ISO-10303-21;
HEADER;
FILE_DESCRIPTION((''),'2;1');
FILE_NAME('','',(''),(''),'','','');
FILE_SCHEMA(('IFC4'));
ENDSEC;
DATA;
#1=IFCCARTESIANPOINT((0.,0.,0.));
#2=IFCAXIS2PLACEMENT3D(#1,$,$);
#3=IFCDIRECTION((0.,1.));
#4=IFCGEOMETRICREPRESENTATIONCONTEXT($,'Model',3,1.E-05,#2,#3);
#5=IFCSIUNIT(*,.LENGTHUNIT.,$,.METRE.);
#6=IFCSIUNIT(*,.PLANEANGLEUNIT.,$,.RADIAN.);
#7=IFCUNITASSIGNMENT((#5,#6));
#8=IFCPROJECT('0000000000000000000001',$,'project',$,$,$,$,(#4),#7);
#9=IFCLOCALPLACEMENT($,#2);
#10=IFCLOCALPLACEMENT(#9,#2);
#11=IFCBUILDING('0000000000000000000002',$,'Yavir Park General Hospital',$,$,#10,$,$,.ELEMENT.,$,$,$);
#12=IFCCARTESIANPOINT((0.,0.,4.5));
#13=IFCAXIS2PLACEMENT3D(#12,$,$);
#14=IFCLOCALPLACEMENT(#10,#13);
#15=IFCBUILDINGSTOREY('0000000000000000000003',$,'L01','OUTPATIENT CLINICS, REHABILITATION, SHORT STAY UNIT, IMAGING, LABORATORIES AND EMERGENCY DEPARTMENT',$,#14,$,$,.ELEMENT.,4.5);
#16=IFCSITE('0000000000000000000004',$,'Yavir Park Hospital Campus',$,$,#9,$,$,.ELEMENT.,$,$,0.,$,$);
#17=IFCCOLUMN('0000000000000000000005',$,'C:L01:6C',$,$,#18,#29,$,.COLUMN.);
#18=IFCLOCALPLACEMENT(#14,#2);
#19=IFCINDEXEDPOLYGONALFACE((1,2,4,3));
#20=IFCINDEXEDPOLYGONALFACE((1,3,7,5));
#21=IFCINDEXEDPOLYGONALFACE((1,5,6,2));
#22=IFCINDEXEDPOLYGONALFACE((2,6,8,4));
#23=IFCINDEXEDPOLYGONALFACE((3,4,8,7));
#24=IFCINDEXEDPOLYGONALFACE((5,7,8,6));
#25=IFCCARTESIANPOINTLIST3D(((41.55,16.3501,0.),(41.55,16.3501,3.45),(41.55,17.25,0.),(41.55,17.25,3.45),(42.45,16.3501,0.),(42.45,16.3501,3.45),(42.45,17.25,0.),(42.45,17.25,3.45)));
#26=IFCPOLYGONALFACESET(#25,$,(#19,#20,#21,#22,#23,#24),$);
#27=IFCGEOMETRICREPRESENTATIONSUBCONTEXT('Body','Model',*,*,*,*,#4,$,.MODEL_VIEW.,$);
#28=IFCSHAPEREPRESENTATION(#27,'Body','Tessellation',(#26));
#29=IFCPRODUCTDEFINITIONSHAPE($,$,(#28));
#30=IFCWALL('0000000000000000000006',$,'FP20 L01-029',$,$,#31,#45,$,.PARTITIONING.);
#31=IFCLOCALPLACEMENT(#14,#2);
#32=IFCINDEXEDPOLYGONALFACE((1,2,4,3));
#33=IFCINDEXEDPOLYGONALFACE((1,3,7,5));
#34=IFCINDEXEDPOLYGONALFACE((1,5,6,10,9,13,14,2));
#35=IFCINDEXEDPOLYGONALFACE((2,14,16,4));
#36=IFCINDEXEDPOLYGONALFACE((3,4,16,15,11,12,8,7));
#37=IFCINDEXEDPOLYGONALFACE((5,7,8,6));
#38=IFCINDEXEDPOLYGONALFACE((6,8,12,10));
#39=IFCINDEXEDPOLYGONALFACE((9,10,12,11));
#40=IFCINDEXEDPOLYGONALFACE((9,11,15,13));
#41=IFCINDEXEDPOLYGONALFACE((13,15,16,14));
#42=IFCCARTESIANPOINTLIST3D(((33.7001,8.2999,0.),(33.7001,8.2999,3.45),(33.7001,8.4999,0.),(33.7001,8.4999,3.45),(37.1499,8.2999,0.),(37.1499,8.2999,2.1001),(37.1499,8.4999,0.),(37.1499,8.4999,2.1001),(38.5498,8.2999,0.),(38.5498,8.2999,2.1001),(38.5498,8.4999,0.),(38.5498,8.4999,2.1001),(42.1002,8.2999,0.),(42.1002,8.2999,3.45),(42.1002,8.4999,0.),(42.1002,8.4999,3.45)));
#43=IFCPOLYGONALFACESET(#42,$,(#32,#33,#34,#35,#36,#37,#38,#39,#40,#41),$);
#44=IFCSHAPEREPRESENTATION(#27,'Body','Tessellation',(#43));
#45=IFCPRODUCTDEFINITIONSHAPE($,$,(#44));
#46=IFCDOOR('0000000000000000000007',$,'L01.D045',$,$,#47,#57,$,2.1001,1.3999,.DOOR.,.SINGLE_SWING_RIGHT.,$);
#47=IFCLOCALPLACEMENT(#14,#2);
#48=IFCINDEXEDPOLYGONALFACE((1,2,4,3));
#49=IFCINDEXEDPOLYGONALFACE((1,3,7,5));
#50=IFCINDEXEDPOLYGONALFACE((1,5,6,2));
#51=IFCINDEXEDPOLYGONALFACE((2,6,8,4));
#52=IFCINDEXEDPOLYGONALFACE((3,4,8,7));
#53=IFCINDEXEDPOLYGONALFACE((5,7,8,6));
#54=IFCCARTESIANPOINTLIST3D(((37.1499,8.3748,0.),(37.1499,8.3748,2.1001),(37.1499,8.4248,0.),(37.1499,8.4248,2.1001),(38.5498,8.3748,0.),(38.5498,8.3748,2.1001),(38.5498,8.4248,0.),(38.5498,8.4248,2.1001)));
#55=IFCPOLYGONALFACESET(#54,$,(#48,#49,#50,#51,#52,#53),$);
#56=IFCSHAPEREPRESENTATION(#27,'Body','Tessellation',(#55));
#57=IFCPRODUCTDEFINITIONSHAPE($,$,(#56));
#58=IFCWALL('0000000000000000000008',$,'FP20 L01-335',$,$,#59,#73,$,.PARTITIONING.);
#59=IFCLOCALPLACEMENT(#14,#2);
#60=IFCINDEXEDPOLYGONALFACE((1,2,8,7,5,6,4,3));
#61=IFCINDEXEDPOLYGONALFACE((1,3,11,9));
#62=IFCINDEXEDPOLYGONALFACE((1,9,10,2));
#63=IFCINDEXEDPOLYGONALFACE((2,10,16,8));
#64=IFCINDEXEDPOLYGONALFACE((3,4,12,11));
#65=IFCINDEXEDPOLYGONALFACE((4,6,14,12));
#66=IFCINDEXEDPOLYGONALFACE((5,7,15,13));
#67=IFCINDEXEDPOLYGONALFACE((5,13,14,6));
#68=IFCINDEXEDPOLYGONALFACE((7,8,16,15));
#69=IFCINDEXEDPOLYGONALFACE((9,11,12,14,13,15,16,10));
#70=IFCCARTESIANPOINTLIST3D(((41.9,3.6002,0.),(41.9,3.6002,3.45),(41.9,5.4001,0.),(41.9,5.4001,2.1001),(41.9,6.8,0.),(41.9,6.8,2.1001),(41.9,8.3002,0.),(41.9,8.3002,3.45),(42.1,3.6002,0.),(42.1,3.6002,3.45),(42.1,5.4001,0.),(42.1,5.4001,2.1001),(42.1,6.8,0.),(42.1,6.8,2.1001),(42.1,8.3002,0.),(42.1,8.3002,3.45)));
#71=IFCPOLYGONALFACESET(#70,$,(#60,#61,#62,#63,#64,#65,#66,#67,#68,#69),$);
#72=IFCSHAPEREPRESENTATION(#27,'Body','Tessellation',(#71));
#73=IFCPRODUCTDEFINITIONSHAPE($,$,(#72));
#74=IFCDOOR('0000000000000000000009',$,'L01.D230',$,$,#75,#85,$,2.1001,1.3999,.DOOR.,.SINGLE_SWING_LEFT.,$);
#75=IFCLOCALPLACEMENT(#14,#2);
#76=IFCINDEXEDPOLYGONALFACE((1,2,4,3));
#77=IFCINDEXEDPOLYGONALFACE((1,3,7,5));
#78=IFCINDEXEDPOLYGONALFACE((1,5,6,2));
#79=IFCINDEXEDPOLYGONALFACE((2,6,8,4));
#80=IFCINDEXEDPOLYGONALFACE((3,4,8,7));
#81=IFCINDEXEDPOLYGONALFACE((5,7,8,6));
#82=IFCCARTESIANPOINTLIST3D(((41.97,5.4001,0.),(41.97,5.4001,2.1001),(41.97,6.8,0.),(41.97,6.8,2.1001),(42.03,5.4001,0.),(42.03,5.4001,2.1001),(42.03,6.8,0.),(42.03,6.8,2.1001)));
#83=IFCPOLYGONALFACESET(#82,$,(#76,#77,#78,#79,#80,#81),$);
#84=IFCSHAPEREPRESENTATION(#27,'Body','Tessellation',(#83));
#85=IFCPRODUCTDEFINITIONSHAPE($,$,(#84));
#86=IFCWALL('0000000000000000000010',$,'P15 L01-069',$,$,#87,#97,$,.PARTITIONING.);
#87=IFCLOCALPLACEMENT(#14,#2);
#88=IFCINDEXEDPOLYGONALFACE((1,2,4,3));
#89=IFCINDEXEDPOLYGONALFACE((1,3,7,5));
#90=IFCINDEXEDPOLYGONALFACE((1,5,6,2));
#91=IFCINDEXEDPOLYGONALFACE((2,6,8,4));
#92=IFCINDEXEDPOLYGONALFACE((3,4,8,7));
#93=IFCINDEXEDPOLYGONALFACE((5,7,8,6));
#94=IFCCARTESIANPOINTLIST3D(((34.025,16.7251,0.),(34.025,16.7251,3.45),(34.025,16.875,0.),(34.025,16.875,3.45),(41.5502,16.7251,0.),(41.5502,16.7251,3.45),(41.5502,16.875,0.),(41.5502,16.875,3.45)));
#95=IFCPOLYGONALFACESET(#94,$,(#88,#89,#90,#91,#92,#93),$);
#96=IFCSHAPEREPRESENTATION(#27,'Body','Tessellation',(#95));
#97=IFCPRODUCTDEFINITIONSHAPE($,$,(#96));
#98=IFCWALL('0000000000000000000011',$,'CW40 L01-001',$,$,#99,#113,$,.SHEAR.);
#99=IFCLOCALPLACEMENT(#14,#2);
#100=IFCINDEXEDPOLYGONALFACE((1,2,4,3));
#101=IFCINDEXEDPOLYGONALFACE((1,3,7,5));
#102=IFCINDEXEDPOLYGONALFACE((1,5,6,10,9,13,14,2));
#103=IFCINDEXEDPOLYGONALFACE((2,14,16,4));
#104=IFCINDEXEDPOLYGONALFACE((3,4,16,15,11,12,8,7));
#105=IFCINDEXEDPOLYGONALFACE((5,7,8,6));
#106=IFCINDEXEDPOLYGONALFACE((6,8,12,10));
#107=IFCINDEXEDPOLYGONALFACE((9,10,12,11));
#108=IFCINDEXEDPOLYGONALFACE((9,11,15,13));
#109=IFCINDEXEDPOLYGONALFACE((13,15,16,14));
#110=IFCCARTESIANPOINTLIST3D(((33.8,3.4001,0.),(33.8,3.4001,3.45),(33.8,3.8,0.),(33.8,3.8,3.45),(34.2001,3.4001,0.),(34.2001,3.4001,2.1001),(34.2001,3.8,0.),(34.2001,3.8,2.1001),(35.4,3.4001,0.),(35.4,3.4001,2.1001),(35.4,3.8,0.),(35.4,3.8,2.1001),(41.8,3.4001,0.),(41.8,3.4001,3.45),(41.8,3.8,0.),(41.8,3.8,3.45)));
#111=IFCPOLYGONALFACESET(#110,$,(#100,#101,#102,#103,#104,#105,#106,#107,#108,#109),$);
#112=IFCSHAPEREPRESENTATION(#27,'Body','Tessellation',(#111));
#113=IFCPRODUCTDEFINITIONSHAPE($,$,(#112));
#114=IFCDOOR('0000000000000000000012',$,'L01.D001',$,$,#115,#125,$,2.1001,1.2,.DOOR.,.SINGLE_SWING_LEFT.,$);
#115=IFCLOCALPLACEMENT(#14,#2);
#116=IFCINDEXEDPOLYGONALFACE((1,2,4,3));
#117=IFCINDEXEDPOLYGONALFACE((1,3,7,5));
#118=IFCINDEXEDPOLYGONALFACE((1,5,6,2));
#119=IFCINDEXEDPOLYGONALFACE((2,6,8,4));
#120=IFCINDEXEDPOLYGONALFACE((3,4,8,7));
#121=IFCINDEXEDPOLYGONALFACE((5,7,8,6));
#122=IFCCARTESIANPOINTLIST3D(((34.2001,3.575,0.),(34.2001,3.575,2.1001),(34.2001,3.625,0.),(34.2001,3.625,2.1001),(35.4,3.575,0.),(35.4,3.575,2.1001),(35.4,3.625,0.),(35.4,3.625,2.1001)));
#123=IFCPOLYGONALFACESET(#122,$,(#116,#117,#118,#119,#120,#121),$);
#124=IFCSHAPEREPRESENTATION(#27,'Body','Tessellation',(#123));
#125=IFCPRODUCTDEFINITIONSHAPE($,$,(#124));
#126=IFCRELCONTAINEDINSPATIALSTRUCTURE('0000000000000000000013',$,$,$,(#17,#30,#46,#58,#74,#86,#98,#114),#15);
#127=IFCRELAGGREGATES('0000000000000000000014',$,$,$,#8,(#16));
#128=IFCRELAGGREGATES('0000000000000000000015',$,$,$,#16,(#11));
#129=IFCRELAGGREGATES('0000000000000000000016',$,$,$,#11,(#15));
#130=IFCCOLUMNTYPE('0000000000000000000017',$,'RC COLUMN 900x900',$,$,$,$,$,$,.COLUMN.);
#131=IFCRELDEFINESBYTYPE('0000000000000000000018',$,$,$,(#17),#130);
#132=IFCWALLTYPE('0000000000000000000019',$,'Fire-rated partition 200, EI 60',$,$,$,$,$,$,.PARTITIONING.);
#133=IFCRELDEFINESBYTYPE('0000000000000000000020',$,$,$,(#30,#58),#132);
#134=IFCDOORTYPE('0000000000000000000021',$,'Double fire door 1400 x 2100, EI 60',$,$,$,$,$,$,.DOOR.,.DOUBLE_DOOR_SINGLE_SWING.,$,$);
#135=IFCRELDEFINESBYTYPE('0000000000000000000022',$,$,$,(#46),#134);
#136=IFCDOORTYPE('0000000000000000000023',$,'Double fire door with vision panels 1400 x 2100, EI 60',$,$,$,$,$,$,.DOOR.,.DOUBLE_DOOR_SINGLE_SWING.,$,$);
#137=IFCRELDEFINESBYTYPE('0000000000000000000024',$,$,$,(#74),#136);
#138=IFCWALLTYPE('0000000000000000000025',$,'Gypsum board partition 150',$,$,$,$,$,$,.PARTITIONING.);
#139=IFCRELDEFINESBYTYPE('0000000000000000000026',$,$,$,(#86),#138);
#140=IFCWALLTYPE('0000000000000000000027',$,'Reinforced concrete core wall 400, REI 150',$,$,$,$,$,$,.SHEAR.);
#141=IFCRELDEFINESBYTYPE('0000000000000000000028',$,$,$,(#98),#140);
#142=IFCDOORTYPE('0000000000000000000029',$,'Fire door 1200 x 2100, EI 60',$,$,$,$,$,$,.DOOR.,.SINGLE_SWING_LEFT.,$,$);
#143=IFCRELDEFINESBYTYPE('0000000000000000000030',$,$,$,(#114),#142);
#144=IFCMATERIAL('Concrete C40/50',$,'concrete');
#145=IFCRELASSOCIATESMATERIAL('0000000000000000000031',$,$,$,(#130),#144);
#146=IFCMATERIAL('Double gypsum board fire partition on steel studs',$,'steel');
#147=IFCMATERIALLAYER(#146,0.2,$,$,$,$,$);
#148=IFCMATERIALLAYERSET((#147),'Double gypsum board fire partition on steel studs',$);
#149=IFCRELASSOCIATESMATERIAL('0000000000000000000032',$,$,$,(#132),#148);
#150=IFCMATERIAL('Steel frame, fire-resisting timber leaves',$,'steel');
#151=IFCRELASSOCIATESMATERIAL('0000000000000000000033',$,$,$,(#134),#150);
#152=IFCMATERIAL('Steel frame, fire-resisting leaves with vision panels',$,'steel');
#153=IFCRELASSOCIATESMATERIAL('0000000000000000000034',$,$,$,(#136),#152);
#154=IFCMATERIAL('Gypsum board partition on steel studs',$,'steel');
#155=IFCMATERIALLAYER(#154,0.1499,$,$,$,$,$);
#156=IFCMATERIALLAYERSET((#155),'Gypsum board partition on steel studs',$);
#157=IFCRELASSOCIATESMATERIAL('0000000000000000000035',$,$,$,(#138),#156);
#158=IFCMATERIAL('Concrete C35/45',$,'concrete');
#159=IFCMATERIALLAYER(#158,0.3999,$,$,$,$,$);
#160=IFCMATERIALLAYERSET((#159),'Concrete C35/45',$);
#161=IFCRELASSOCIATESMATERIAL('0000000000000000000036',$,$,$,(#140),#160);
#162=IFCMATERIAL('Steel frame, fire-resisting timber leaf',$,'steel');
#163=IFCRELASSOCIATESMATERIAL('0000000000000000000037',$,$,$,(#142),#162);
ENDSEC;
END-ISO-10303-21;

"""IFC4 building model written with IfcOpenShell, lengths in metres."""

from ifc_helpers import new_model, si_unit, direction, frame, frame_2d, origin, origin_2d, place, context, subcontext, project, spatial, rectangle, extrude, material, layer, layer_set, material_profile, profile_set, type_object, element, fill, save


model = new_model("IFC4")

# Units and contexts
model_context = context("Model", 3, precision=1e-05, world=origin(), true_north=direction((0.0, 1.0)))
body_context = subcontext(model_context, "Body", "Model", "MODEL_VIEW")
ifc_project = project(units=[si_unit("LENGTHUNIT", "METRE"), si_unit("PLANEANGLEUNIT", "RADIAN")], contexts=[model_context])

# Site, building, storey
site_placement = place(None, origin())
site = spatial("IfcSite", under=ifc_project, at=site_placement, Name="Yavir Park Hospital Campus", CompositionType="ELEMENT", RefElevation=0.0)
building_placement = place(site_placement, origin())
building = spatial("IfcBuilding", under=site, at=building_placement, Name="Yavir Park General Hospital", CompositionType="ELEMENT")
storey_placement = place(building_placement, frame((0.0, 0.0, 4.5)))
storey = spatial("IfcBuildingStorey", under=building, at=storey_placement, Name="L01", Description="OUTPATIENT CLINICS, REHABILITATION, SHORT STAY UNIT, IMAGING, LABORATORIES AND EMERGENCY DEPARTMENT", CompositionType="ELEMENT", Elevation=4.5)

# Column
ifc_material_1 = material(Name="Concrete C40/50", Category="concrete")
ifc_material_profile = material_profile(ifc_material_1, rectangle(XDim=0.8999, YDim=0.8999, at=origin_2d()), Name="RC900x900")
ifc_profile_set = profile_set([ifc_material_profile], Name="Concrete C40/50")
column_type = type_object("IfcColumnType", Name="RC COLUMN 900x900", PredefinedType="COLUMN", material=ifc_profile_set)
column_placement = place(storey_placement, frame((42.0, 16.8, 0.0), z_axis=(0.0, 0.0, 1.0), x_axis=(1.0, 0.0, 0.0)))
element("IfcColumn", 1, at=column_placement, inside=storey, type_object=column_type, Name="C:L01:6C", PredefinedType="COLUMN", context=body_context, shape_type="SweptSolid", body=[
    extrude(rectangle(XDim=0.8999, YDim=0.8999, at=origin_2d()), origin(), (0.0, 0.0, 1.0), 3.45),
])

# Walls, openings, doors
ifc_material_2 = material(Name="Double gypsum board fire partition on steel studs", Category="steel")
ifc_layer_1 = layer(ifc_material_2, 0.2)
ifc_layer_set_1 = layer_set([ifc_layer_1], Name="Double gypsum board fire partition on steel studs")
wall_type_1 = type_object("IfcWallType", Name="Fire-rated partition 200, EI 60", PredefinedType="PARTITIONING", material=ifc_layer_set_1)
wall_1_placement = place(storey_placement, frame((33.7, 8.3999, 0.0), z_axis=(0.0, 0.0, 1.0), x_axis=(1.0, 0.0, 0.0)))
wall_1 = element("IfcWall", 2, at=wall_1_placement, inside=storey, type_object=wall_type_1, Name="FP20 L01-029", PredefinedType="PARTITIONING", context=body_context, shape_type="SweptSolid", body=[
    extrude(rectangle(XDim=8.4001, YDim=0.2, at=frame_2d((4.2002, 0.0))), origin(), (0.0, 0.0, 1.0), 3.45),
])
opening_1_placement = place(wall_1_placement, frame((3.45, 0.0, 0.0)))
opening_1 = element("IfcOpeningElement", 3, at=opening_1_placement, cuts=wall_1, PredefinedType="OPENING", context=body_context, shape_type="SweptSolid", body=[
    extrude(rectangle(XDim=1.3999, YDim=2.1001, at=frame_2d((0.7, 1.05))), frame((0.0, 0.1099, 0.0), z_axis=(0.0, -1.0, 0.0), x_axis=(1.0, 0.0, 0.0)), (0.0, 0.0, 1.0), 0.22),
])
ifc_material_3 = material(Name="Steel frame, fire-resisting timber leaves", Category="steel")
door_type_1 = type_object("IfcDoorType", Name="Double fire door 1400 x 2100, EI 60", OperationType="DOUBLE_DOOR_SINGLE_SWING", PredefinedType="DOOR", material=ifc_material_3)
door_1_placement = place(opening_1_placement, origin())
door_1 = element("IfcDoor", 4, at=door_1_placement, inside=storey, type_object=door_type_1, Name="L01.D045", OperationType="SINGLE_SWING_RIGHT", OverallHeight=2.1001, OverallWidth=1.3999, PredefinedType="DOOR", context=body_context, shape_type="SweptSolid", body=[
    extrude(rectangle(XDim=1.3999, YDim=2.1001, at=frame_2d((0.7, 1.05))), frame((0.0, 0.0249, 0.0), z_axis=(0.0, -1.0, 0.0), x_axis=(1.0, 0.0, 0.0)), (0.0, 0.0, 1.0), 0.05),
])
fill(opening_1, door_1)
wall_2_placement = place(storey_placement, frame((42.0, 3.6001, 0.0), z_axis=(0.0, 0.0, 1.0), x_axis=(0.0, 1.0, 0.0)))
wall_2 = element("IfcWall", 5, at=wall_2_placement, inside=storey, type_object=wall_type_1, Name="FP20 L01-335", PredefinedType="PARTITIONING", context=body_context, shape_type="SweptSolid", body=[
    extrude(rectangle(XDim=4.7, YDim=0.2, at=frame_2d((2.3501, 0.0))), origin(), (0.0, 0.0, 1.0), 3.45),
])
opening_2_placement = place(wall_2_placement, frame((1.8, 0.0, 0.0)))
opening_2 = element("IfcOpeningElement", 6, at=opening_2_placement, cuts=wall_2, PredefinedType="OPENING", context=body_context, shape_type="SweptSolid", body=[
    extrude(rectangle(XDim=1.3999, YDim=2.1001, at=frame_2d((0.7, 1.05))), frame((0.0, 0.1099, 0.0), z_axis=(0.0, -1.0, 0.0), x_axis=(1.0, 0.0, 0.0)), (0.0, 0.0, 1.0), 0.22),
])
ifc_material_4 = material(Name="Steel frame, fire-resisting leaves with vision panels", Category="steel")
door_type_2 = type_object("IfcDoorType", Name="Double fire door with vision panels 1400 x 2100, EI 60", OperationType="DOUBLE_DOOR_SINGLE_SWING", PredefinedType="DOOR", material=ifc_material_4)
door_2_placement = place(opening_2_placement, origin())
door_2 = element("IfcDoor", 7, at=door_2_placement, inside=storey, type_object=door_type_2, Name="L01.D230", OperationType="SINGLE_SWING_LEFT", OverallHeight=2.1001, OverallWidth=1.3999, PredefinedType="DOOR", context=body_context, shape_type="SweptSolid", body=[
    extrude(rectangle(XDim=1.3999, YDim=2.1001, at=frame_2d((0.7, 1.05))), frame((0.0, 0.03, 0.0), z_axis=(0.0, -1.0, 0.0), x_axis=(1.0, 0.0, 0.0)), (0.0, 0.0, 1.0), 0.0601),
])
fill(opening_2, door_2)

# Wall
ifc_material_5 = material(Name="Gypsum board partition on steel studs", Category="steel")
ifc_layer_2 = layer(ifc_material_5, 0.1499)
ifc_layer_set_2 = layer_set([ifc_layer_2], Name="Gypsum board partition on steel studs")
wall_type_2 = type_object("IfcWallType", Name="Gypsum board partition 150", PredefinedType="PARTITIONING", material=ifc_layer_set_2)
wall_3_placement = place(storey_placement, frame((34.0249, 16.8, 0.0), z_axis=(0.0, 0.0, 1.0), x_axis=(1.0, 0.0, 0.0)))
element("IfcWall", 8, at=wall_3_placement, inside=storey, type_object=wall_type_2, Name="P15 L01-069", PredefinedType="PARTITIONING", context=body_context, shape_type="SweptSolid", body=[
    extrude(rectangle(XDim=7.5251, YDim=0.1499, at=frame_2d((3.7627, 0.0))), origin(), (0.0, 0.0, 1.0), 3.45),
])

# Wall, opening, door
ifc_material_6 = material(Name="Concrete C35/45", Category="concrete")
ifc_layer_3 = layer(ifc_material_6, 0.3999)
ifc_layer_set_3 = layer_set([ifc_layer_3], Name="Concrete C35/45")
wall_type_3 = type_object("IfcWallType", Name="Reinforced concrete core wall 400, REI 150", PredefinedType="SHEAR", material=ifc_layer_set_3)
wall_4_placement = place(storey_placement, frame((33.8, 3.6001, 0.0), z_axis=(0.0, 0.0, 1.0), x_axis=(1.0, 0.0, 0.0)))
wall_4 = element("IfcWall", 9, at=wall_4_placement, inside=storey, type_object=wall_type_3, Name="CW40 L01-001", PredefinedType="SHEAR", context=body_context, shape_type="SweptSolid", body=[
    extrude(rectangle(XDim=8.0, YDim=0.3999, at=frame_2d((4.0, 0.0))), origin(), (0.0, 0.0, 1.0), 3.45),
])
opening_3_placement = place(wall_4_placement, frame((0.3999, 0.0, 0.0)))
opening_3 = element("IfcOpeningElement", 10, at=opening_3_placement, cuts=wall_4, PredefinedType="OPENING", context=body_context, shape_type="SweptSolid", body=[
    extrude(rectangle(XDim=1.2, YDim=2.1001, at=frame_2d((0.6001, 1.05))), frame((0.0, 0.21, 0.0), z_axis=(0.0, -1.0, 0.0), x_axis=(1.0, 0.0, 0.0)), (0.0, 0.0, 1.0), 0.4199),
])
ifc_material_7 = material(Name="Steel frame, fire-resisting timber leaf", Category="steel")
door_type_3 = type_object("IfcDoorType", Name="Fire door 1200 x 2100, EI 60", OperationType="SINGLE_SWING_LEFT", PredefinedType="DOOR", material=ifc_material_7)
door_3_placement = place(opening_3_placement, origin())
door_3 = element("IfcDoor", 11, at=door_3_placement, inside=storey, type_object=door_type_3, Name="L01.D001", OperationType="SINGLE_SWING_LEFT", OverallHeight=2.1001, OverallWidth=1.2, PredefinedType="DOOR", context=body_context, shape_type="SweptSolid", body=[
    extrude(rectangle(XDim=1.2, YDim=2.1001, at=frame_2d((0.6001, 1.05))), frame((0.0, 0.0249, 0.0), z_axis=(0.0, -1.0, 0.0), x_axis=(1.0, 0.0, 0.0)), (0.0, 0.0, 1.0), 0.05),
])
fill(opening_3, door_3)

save(model, "model.ifc")
